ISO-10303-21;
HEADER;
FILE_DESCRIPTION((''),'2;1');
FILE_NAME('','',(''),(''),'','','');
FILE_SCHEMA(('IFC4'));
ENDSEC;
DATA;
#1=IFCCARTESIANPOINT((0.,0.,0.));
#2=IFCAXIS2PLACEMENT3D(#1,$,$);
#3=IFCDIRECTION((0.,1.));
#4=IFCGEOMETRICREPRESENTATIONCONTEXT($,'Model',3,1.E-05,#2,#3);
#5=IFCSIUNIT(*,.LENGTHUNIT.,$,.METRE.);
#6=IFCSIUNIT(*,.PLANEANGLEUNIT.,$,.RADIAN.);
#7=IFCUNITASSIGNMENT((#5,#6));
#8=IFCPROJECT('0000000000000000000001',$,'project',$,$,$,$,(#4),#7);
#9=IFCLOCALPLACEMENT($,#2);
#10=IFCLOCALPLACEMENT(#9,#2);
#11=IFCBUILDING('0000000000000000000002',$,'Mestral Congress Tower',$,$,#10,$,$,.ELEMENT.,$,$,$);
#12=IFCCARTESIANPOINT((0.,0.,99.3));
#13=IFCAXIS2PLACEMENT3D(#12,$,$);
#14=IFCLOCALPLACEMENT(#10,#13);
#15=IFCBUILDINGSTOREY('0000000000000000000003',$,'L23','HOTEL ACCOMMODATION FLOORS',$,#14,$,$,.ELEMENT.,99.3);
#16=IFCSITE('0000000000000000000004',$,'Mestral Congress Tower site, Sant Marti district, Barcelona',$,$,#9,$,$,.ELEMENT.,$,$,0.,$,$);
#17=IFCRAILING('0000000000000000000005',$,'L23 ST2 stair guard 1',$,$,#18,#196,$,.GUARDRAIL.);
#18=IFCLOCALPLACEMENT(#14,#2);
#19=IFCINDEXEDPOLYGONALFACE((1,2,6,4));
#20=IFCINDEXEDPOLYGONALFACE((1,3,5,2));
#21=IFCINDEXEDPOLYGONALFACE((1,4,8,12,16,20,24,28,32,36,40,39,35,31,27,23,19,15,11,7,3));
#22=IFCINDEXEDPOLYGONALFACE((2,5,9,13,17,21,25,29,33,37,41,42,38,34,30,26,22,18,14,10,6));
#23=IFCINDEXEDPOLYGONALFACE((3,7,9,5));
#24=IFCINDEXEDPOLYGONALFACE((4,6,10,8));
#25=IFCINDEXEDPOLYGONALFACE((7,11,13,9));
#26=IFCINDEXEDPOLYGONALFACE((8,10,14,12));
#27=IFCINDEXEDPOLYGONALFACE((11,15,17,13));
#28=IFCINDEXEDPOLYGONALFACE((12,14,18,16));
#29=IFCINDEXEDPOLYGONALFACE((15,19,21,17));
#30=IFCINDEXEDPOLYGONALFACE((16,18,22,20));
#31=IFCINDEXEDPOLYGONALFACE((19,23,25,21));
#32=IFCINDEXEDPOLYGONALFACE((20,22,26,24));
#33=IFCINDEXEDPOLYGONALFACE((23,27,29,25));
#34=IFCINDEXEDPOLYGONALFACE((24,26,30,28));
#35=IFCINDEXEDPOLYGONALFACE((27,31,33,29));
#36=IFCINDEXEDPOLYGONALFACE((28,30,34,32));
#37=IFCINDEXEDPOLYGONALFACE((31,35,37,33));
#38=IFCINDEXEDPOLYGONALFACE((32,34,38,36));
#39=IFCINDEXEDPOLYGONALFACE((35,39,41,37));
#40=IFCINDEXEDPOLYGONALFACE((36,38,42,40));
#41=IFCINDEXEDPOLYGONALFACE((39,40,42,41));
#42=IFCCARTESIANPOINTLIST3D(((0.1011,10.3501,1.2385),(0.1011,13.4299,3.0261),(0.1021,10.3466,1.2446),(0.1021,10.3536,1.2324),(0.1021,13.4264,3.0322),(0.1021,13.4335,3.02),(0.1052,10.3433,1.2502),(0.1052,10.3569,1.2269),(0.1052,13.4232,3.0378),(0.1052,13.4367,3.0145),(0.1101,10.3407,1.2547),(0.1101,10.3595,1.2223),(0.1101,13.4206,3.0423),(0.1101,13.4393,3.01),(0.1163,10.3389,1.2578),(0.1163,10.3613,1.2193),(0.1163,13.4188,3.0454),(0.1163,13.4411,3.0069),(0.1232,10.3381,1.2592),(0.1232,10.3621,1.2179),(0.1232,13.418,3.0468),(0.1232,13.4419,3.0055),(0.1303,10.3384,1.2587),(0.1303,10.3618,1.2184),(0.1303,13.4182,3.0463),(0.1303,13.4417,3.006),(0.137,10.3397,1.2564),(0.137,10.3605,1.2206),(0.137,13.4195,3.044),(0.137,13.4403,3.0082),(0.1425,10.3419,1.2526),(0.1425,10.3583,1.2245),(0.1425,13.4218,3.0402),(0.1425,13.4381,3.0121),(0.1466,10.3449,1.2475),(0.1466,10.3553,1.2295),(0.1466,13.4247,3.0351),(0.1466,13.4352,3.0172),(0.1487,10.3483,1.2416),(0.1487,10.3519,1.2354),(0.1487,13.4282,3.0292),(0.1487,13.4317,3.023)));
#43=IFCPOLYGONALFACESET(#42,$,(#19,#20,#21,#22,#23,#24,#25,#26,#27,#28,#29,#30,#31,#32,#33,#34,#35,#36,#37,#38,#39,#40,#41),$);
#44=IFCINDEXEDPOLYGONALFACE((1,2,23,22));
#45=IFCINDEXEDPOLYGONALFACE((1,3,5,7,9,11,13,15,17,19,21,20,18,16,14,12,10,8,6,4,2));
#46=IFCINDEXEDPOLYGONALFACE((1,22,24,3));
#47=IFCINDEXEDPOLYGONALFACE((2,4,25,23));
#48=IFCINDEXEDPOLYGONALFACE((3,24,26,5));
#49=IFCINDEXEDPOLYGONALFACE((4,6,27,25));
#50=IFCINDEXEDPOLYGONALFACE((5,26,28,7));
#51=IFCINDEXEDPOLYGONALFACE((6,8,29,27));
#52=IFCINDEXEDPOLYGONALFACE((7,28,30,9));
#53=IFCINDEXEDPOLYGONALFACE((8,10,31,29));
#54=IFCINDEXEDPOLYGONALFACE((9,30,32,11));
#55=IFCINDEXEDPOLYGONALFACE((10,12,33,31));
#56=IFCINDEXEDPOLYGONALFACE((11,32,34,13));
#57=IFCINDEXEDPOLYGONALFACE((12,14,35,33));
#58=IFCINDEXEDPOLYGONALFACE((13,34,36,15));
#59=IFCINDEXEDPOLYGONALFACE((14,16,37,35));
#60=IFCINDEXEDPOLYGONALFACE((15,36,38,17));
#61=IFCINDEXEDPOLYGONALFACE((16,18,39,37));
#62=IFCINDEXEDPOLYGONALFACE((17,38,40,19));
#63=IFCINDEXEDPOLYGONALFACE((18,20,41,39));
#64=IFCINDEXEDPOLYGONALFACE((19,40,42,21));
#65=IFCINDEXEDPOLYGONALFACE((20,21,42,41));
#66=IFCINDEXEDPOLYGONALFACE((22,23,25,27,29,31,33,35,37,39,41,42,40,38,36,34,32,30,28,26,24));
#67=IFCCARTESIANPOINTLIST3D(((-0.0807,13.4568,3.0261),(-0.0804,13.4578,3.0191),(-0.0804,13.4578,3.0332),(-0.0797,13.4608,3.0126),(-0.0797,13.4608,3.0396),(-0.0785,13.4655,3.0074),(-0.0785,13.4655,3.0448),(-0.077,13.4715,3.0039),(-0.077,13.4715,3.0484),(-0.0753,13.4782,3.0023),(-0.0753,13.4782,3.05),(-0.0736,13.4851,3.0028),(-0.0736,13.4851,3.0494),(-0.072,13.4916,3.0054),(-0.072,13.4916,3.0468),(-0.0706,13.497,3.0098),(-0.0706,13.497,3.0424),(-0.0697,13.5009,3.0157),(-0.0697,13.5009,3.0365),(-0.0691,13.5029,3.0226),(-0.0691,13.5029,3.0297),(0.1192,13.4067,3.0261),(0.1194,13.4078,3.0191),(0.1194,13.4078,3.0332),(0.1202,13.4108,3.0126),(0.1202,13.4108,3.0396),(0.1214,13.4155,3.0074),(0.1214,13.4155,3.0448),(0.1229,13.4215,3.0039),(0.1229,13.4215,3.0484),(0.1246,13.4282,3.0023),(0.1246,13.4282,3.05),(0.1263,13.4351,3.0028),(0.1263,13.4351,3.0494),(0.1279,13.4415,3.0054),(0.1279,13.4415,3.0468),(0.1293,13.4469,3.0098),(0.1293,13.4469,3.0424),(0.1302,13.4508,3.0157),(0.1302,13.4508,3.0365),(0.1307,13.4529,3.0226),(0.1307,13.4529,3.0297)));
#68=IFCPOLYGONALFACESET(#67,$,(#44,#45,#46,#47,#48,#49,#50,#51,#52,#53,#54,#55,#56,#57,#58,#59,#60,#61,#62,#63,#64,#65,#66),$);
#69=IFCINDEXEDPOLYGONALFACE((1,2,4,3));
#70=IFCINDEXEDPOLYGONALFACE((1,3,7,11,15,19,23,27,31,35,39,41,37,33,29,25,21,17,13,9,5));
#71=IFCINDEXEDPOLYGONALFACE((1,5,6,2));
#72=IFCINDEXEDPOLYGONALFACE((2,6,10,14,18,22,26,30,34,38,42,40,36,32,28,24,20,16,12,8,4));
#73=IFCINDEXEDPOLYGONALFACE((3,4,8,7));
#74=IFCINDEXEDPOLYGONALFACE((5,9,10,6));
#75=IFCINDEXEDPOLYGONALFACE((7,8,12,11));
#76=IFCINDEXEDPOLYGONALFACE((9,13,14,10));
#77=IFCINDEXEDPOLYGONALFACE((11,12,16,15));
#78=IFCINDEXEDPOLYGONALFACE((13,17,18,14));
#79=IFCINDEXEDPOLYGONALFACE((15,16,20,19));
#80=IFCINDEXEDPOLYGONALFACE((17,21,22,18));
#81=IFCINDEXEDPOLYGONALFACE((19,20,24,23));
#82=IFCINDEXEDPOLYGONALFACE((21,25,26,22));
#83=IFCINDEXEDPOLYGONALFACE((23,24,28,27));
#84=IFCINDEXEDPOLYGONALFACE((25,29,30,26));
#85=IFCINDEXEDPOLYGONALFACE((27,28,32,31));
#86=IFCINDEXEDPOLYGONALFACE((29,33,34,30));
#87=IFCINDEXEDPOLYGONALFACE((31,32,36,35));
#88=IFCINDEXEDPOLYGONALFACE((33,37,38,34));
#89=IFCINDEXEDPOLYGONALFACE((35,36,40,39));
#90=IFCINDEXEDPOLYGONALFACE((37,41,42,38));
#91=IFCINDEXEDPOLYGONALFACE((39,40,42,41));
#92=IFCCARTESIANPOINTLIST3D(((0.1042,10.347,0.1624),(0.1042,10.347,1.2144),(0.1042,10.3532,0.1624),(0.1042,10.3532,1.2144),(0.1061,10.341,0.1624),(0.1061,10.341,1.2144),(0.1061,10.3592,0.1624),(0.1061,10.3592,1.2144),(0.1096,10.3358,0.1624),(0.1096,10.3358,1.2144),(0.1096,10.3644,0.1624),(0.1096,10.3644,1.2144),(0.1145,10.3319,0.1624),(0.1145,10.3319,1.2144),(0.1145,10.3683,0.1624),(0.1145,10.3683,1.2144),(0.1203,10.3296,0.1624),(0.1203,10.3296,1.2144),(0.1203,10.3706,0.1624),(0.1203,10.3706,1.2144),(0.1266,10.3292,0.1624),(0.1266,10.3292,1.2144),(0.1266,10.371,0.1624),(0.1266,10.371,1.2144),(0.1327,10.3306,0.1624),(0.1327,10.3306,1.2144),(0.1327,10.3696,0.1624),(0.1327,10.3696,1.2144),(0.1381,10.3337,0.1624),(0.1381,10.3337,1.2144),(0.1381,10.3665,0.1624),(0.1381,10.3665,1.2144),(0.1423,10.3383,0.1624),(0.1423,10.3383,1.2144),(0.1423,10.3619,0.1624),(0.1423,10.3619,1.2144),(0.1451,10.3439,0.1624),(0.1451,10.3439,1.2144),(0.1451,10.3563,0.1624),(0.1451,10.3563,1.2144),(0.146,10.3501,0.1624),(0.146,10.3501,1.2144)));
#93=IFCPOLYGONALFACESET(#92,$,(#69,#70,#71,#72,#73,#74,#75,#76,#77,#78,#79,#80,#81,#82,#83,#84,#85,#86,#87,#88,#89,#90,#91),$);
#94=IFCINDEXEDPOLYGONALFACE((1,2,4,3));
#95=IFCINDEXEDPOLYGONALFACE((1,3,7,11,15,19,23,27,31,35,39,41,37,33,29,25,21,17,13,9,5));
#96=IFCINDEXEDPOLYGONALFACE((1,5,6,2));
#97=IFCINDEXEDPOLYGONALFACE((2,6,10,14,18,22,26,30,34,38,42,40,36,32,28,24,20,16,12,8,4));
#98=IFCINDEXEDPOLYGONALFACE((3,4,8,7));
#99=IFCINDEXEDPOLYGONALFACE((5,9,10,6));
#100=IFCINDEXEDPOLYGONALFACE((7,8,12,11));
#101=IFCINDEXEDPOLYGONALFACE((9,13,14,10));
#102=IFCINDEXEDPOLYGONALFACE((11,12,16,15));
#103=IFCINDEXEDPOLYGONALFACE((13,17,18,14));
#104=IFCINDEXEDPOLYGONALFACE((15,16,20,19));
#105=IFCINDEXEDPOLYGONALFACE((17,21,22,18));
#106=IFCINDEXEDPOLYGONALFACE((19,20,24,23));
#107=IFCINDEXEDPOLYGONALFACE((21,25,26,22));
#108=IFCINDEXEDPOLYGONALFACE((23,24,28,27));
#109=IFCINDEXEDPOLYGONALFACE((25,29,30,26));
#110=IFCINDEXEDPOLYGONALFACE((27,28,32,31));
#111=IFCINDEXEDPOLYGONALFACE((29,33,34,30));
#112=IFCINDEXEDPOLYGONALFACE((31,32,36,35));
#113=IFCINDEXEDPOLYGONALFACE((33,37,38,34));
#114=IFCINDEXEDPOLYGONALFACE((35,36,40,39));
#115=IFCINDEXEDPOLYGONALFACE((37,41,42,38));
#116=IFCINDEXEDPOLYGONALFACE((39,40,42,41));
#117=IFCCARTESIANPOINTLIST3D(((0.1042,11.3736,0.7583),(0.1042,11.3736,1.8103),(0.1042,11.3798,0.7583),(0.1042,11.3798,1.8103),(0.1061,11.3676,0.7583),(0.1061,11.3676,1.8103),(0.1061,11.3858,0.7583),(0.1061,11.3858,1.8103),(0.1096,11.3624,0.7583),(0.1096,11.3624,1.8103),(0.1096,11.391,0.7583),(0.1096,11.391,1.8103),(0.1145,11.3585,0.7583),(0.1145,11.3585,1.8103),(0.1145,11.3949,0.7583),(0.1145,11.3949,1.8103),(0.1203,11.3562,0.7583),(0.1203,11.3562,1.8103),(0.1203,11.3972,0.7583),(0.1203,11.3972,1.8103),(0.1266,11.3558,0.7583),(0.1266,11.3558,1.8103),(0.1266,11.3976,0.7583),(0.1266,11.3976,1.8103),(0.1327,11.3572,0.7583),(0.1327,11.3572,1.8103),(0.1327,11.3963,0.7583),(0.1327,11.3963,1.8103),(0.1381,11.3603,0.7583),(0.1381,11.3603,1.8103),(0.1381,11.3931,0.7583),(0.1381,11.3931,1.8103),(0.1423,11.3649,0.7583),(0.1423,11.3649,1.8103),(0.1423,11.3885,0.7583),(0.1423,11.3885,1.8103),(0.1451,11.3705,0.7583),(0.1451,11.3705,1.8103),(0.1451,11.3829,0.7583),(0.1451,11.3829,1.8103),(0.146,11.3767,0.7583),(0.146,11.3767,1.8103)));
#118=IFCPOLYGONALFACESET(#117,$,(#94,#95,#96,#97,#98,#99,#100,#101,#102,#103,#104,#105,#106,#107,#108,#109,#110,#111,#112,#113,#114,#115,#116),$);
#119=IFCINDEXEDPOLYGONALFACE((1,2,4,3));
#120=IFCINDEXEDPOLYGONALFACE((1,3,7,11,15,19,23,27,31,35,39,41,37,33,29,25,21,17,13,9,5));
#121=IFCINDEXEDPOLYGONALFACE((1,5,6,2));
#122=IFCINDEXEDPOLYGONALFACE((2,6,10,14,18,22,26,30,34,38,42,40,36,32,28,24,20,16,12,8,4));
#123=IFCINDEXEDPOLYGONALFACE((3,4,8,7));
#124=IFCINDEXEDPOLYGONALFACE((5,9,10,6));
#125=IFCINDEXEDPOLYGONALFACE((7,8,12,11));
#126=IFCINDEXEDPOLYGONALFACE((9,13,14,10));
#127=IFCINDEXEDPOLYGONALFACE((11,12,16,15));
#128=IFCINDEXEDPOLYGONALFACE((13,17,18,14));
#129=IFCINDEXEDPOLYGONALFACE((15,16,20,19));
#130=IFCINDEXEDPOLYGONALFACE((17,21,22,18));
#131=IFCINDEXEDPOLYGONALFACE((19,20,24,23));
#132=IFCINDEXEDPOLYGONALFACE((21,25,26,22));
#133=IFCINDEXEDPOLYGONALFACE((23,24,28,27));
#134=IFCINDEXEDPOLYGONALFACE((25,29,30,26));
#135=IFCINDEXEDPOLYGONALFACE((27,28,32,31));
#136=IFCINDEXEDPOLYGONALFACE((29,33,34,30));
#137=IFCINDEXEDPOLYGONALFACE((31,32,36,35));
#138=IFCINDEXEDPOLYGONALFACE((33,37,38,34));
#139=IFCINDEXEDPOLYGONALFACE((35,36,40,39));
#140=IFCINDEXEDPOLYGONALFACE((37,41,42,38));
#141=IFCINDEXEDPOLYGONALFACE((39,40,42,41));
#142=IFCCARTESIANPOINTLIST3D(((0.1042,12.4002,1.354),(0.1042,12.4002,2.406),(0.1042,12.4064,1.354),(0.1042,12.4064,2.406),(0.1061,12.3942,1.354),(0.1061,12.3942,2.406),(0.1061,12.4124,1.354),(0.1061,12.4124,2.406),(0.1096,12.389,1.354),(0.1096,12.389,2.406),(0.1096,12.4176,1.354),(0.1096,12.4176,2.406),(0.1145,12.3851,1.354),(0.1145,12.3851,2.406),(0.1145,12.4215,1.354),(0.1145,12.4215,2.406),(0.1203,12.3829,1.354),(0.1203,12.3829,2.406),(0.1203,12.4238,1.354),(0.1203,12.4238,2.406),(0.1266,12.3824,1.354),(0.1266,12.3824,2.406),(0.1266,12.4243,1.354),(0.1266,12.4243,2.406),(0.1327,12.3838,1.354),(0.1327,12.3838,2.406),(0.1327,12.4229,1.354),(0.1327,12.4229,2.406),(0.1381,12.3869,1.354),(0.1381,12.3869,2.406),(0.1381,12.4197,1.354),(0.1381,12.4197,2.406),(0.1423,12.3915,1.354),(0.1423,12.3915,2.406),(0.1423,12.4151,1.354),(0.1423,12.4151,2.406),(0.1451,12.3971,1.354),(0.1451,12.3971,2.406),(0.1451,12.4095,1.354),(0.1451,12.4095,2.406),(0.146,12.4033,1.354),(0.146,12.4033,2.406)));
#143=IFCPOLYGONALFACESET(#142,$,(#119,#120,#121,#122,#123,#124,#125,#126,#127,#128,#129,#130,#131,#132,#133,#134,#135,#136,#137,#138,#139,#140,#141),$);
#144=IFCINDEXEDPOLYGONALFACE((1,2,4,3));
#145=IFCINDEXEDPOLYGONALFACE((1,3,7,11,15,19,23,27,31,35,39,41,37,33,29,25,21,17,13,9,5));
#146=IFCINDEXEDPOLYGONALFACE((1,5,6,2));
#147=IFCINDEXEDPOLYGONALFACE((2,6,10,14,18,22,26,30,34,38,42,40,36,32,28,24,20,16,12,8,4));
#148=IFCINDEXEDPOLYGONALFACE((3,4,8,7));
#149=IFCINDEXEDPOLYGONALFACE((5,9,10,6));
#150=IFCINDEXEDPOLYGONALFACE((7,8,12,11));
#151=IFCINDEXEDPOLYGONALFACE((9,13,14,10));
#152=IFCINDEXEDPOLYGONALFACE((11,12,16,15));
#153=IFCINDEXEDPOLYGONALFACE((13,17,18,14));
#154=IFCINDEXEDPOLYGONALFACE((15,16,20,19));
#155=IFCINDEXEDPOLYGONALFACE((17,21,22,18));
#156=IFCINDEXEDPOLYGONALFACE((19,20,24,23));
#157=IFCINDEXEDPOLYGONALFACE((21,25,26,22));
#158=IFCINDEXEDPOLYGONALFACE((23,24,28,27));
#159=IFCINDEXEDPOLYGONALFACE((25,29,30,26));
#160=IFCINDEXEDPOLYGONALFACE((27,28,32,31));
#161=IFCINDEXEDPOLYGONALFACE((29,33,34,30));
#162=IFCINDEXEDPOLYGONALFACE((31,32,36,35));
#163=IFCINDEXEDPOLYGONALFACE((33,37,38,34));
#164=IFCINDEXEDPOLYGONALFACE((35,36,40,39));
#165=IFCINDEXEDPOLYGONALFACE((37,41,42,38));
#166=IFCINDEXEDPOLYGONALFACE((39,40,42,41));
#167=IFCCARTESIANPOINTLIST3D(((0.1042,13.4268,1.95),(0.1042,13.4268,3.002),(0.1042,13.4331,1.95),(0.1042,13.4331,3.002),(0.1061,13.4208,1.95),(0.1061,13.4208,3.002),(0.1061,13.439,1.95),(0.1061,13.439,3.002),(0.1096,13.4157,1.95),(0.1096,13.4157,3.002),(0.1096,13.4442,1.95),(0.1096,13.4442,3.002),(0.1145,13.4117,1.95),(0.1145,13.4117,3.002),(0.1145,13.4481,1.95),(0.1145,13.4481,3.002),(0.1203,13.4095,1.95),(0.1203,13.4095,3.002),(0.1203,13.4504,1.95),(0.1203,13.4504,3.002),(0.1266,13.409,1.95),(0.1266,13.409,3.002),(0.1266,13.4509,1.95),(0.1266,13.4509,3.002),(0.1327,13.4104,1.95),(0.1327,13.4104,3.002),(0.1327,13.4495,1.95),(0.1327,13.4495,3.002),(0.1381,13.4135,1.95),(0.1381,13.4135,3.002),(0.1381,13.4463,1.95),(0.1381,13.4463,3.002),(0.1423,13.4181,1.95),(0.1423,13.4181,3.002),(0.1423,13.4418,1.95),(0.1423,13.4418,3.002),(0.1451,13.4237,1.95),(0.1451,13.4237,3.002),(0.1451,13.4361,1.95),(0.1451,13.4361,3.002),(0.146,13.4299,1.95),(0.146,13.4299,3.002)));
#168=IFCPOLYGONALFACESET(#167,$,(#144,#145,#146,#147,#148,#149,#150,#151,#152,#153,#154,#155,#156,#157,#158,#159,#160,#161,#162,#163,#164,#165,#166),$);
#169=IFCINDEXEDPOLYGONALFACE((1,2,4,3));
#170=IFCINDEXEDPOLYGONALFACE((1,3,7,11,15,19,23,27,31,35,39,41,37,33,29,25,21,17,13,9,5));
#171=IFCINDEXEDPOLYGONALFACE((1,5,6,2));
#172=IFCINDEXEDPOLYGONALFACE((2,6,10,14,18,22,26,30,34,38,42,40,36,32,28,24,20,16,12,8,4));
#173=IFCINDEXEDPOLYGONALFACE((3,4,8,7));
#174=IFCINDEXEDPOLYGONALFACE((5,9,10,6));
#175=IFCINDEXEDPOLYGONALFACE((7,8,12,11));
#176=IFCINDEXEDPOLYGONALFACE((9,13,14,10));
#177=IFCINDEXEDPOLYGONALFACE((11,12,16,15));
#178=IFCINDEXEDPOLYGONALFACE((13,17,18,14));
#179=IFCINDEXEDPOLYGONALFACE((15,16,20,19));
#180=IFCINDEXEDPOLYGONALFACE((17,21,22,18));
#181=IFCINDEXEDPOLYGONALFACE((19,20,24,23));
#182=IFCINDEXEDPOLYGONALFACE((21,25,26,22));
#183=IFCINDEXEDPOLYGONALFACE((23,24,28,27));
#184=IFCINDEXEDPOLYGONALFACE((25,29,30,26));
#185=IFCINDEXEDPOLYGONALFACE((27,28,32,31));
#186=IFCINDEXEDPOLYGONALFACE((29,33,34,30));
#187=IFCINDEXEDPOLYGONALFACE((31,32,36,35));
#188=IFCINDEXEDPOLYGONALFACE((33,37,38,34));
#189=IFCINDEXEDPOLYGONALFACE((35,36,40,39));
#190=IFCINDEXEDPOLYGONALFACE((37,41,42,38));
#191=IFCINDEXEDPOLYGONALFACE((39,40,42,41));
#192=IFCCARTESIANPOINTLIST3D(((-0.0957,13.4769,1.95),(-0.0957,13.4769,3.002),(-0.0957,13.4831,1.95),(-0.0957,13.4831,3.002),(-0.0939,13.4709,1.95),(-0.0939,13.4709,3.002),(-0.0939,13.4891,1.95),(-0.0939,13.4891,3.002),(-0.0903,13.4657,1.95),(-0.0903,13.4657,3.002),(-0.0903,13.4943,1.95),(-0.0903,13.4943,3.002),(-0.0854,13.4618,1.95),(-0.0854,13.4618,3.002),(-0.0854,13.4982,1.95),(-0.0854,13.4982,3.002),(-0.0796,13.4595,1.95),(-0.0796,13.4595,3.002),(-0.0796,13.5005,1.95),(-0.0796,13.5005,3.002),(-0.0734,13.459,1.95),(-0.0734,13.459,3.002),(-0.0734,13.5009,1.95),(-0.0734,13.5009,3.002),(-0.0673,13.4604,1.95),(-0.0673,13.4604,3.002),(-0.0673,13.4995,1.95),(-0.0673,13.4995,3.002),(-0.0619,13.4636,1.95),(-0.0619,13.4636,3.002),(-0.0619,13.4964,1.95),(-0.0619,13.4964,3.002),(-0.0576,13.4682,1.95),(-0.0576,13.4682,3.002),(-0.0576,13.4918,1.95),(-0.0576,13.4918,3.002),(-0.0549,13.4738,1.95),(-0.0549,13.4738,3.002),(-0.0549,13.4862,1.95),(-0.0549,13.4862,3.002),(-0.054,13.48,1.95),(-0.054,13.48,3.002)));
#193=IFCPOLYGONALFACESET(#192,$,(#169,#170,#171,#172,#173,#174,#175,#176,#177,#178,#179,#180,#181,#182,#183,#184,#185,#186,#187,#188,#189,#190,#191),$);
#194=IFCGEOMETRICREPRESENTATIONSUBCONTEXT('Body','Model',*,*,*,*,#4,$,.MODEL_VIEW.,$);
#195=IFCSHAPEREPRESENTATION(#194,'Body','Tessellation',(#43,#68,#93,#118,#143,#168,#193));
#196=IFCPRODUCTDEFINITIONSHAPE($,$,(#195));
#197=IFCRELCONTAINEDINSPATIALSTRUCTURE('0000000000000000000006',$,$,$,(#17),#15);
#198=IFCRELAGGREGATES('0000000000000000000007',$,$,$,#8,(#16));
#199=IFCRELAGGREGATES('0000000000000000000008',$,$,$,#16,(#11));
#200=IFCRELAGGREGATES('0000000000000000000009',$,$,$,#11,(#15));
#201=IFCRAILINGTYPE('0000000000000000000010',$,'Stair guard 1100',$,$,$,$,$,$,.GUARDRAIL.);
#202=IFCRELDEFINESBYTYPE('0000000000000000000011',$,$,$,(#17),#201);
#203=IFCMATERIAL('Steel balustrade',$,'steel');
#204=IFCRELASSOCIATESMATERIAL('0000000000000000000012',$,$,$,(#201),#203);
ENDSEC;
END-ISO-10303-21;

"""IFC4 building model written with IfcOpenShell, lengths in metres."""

from ifc_helpers import new_model, si_unit, direction, frame, origin, origin_2d, place, context, subcontext, project, spatial, circle, extrude, material, type_object, element, save


model = new_model("IFC4")

# Units and contexts
model_context = context("Model", 3, precision=1e-05, world=origin(), true_north=direction((0.0, 1.0)))
body_context = subcontext(model_context, "Body", "Model", "MODEL_VIEW")
ifc_project = project(units=[si_unit("LENGTHUNIT", "METRE"), si_unit("PLANEANGLEUNIT", "RADIAN")], contexts=[model_context])

# Site, building, storey
site_placement = place(None, origin())
site = spatial("IfcSite", under=ifc_project, at=site_placement, Name="Mestral Congress Tower site, Sant Marti district, Barcelona", CompositionType="ELEMENT", RefElevation=0.0)
building_placement = place(site_placement, origin())
building = spatial("IfcBuilding", under=site, at=building_placement, Name="Mestral Congress Tower", CompositionType="ELEMENT")
storey_placement = place(building_placement, frame((0.0, 0.0, 99.3)))
storey = spatial("IfcBuildingStorey", under=building, at=storey_placement, Name="L23", Description="HOTEL ACCOMMODATION FLOORS", CompositionType="ELEMENT", Elevation=99.3)

# Railing
ifc_material_1 = material(Name="Steel balustrade", Category="steel")
railing_type = type_object("IfcRailingType", Name="Stair guard 1100", PredefinedType="GUARDRAIL", material=ifc_material_1)
railing_1_placement = place(storey_placement, frame((0.125, 10.3501, 0.1624)))
element("IfcRailing", 1, at=railing_1_placement, inside=storey, type_object=railing_type, Name="L23 ST2 stair guard 1", PredefinedType="GUARDRAIL", context=body_context, shape_type="SweptSolid", body=[
    extrude(circle(Radius=0.0239, at=origin_2d()), frame((0.0, 0.0, 1.0762), z_axis=(0.0, 0.864873, 0.50199), x_axis=(-1.0, 0.0, 0.0)), (0.0, 0.0, 1.0), 3.561),
    extrude(circle(Radius=0.0239, at=origin_2d()), frame((0.0, 3.0798, 2.8638), z_axis=(-0.970073, 0.242814, 0.0), x_axis=(-0.242814, -0.970073, 0.0)), (0.0, 0.0, 1.0), 0.2061),
    extrude(circle(Radius=0.021, at=origin_2d()), origin(), (0.0, 0.0, 1.0), 1.052),
    extrude(circle(Radius=0.021, at=origin_2d()), frame((0.0, 1.0266, 0.5959)), (0.0, 0.0, 1.0), 1.052),
    extrude(circle(Radius=0.021, at=origin_2d()), frame((0.0, 2.0532, 1.1917)), (0.0, 0.0, 1.0), 1.052),
    extrude(circle(Radius=0.021, at=origin_2d()), frame((0.0, 3.0798, 1.7876)), (0.0, 0.0, 1.0), 1.052),
    extrude(circle(Radius=0.021, at=origin_2d()), frame((-0.2, 3.1299, 1.7876)), (0.0, 0.0, 1.0), 1.052),
])

save(model, "model.ifc")
